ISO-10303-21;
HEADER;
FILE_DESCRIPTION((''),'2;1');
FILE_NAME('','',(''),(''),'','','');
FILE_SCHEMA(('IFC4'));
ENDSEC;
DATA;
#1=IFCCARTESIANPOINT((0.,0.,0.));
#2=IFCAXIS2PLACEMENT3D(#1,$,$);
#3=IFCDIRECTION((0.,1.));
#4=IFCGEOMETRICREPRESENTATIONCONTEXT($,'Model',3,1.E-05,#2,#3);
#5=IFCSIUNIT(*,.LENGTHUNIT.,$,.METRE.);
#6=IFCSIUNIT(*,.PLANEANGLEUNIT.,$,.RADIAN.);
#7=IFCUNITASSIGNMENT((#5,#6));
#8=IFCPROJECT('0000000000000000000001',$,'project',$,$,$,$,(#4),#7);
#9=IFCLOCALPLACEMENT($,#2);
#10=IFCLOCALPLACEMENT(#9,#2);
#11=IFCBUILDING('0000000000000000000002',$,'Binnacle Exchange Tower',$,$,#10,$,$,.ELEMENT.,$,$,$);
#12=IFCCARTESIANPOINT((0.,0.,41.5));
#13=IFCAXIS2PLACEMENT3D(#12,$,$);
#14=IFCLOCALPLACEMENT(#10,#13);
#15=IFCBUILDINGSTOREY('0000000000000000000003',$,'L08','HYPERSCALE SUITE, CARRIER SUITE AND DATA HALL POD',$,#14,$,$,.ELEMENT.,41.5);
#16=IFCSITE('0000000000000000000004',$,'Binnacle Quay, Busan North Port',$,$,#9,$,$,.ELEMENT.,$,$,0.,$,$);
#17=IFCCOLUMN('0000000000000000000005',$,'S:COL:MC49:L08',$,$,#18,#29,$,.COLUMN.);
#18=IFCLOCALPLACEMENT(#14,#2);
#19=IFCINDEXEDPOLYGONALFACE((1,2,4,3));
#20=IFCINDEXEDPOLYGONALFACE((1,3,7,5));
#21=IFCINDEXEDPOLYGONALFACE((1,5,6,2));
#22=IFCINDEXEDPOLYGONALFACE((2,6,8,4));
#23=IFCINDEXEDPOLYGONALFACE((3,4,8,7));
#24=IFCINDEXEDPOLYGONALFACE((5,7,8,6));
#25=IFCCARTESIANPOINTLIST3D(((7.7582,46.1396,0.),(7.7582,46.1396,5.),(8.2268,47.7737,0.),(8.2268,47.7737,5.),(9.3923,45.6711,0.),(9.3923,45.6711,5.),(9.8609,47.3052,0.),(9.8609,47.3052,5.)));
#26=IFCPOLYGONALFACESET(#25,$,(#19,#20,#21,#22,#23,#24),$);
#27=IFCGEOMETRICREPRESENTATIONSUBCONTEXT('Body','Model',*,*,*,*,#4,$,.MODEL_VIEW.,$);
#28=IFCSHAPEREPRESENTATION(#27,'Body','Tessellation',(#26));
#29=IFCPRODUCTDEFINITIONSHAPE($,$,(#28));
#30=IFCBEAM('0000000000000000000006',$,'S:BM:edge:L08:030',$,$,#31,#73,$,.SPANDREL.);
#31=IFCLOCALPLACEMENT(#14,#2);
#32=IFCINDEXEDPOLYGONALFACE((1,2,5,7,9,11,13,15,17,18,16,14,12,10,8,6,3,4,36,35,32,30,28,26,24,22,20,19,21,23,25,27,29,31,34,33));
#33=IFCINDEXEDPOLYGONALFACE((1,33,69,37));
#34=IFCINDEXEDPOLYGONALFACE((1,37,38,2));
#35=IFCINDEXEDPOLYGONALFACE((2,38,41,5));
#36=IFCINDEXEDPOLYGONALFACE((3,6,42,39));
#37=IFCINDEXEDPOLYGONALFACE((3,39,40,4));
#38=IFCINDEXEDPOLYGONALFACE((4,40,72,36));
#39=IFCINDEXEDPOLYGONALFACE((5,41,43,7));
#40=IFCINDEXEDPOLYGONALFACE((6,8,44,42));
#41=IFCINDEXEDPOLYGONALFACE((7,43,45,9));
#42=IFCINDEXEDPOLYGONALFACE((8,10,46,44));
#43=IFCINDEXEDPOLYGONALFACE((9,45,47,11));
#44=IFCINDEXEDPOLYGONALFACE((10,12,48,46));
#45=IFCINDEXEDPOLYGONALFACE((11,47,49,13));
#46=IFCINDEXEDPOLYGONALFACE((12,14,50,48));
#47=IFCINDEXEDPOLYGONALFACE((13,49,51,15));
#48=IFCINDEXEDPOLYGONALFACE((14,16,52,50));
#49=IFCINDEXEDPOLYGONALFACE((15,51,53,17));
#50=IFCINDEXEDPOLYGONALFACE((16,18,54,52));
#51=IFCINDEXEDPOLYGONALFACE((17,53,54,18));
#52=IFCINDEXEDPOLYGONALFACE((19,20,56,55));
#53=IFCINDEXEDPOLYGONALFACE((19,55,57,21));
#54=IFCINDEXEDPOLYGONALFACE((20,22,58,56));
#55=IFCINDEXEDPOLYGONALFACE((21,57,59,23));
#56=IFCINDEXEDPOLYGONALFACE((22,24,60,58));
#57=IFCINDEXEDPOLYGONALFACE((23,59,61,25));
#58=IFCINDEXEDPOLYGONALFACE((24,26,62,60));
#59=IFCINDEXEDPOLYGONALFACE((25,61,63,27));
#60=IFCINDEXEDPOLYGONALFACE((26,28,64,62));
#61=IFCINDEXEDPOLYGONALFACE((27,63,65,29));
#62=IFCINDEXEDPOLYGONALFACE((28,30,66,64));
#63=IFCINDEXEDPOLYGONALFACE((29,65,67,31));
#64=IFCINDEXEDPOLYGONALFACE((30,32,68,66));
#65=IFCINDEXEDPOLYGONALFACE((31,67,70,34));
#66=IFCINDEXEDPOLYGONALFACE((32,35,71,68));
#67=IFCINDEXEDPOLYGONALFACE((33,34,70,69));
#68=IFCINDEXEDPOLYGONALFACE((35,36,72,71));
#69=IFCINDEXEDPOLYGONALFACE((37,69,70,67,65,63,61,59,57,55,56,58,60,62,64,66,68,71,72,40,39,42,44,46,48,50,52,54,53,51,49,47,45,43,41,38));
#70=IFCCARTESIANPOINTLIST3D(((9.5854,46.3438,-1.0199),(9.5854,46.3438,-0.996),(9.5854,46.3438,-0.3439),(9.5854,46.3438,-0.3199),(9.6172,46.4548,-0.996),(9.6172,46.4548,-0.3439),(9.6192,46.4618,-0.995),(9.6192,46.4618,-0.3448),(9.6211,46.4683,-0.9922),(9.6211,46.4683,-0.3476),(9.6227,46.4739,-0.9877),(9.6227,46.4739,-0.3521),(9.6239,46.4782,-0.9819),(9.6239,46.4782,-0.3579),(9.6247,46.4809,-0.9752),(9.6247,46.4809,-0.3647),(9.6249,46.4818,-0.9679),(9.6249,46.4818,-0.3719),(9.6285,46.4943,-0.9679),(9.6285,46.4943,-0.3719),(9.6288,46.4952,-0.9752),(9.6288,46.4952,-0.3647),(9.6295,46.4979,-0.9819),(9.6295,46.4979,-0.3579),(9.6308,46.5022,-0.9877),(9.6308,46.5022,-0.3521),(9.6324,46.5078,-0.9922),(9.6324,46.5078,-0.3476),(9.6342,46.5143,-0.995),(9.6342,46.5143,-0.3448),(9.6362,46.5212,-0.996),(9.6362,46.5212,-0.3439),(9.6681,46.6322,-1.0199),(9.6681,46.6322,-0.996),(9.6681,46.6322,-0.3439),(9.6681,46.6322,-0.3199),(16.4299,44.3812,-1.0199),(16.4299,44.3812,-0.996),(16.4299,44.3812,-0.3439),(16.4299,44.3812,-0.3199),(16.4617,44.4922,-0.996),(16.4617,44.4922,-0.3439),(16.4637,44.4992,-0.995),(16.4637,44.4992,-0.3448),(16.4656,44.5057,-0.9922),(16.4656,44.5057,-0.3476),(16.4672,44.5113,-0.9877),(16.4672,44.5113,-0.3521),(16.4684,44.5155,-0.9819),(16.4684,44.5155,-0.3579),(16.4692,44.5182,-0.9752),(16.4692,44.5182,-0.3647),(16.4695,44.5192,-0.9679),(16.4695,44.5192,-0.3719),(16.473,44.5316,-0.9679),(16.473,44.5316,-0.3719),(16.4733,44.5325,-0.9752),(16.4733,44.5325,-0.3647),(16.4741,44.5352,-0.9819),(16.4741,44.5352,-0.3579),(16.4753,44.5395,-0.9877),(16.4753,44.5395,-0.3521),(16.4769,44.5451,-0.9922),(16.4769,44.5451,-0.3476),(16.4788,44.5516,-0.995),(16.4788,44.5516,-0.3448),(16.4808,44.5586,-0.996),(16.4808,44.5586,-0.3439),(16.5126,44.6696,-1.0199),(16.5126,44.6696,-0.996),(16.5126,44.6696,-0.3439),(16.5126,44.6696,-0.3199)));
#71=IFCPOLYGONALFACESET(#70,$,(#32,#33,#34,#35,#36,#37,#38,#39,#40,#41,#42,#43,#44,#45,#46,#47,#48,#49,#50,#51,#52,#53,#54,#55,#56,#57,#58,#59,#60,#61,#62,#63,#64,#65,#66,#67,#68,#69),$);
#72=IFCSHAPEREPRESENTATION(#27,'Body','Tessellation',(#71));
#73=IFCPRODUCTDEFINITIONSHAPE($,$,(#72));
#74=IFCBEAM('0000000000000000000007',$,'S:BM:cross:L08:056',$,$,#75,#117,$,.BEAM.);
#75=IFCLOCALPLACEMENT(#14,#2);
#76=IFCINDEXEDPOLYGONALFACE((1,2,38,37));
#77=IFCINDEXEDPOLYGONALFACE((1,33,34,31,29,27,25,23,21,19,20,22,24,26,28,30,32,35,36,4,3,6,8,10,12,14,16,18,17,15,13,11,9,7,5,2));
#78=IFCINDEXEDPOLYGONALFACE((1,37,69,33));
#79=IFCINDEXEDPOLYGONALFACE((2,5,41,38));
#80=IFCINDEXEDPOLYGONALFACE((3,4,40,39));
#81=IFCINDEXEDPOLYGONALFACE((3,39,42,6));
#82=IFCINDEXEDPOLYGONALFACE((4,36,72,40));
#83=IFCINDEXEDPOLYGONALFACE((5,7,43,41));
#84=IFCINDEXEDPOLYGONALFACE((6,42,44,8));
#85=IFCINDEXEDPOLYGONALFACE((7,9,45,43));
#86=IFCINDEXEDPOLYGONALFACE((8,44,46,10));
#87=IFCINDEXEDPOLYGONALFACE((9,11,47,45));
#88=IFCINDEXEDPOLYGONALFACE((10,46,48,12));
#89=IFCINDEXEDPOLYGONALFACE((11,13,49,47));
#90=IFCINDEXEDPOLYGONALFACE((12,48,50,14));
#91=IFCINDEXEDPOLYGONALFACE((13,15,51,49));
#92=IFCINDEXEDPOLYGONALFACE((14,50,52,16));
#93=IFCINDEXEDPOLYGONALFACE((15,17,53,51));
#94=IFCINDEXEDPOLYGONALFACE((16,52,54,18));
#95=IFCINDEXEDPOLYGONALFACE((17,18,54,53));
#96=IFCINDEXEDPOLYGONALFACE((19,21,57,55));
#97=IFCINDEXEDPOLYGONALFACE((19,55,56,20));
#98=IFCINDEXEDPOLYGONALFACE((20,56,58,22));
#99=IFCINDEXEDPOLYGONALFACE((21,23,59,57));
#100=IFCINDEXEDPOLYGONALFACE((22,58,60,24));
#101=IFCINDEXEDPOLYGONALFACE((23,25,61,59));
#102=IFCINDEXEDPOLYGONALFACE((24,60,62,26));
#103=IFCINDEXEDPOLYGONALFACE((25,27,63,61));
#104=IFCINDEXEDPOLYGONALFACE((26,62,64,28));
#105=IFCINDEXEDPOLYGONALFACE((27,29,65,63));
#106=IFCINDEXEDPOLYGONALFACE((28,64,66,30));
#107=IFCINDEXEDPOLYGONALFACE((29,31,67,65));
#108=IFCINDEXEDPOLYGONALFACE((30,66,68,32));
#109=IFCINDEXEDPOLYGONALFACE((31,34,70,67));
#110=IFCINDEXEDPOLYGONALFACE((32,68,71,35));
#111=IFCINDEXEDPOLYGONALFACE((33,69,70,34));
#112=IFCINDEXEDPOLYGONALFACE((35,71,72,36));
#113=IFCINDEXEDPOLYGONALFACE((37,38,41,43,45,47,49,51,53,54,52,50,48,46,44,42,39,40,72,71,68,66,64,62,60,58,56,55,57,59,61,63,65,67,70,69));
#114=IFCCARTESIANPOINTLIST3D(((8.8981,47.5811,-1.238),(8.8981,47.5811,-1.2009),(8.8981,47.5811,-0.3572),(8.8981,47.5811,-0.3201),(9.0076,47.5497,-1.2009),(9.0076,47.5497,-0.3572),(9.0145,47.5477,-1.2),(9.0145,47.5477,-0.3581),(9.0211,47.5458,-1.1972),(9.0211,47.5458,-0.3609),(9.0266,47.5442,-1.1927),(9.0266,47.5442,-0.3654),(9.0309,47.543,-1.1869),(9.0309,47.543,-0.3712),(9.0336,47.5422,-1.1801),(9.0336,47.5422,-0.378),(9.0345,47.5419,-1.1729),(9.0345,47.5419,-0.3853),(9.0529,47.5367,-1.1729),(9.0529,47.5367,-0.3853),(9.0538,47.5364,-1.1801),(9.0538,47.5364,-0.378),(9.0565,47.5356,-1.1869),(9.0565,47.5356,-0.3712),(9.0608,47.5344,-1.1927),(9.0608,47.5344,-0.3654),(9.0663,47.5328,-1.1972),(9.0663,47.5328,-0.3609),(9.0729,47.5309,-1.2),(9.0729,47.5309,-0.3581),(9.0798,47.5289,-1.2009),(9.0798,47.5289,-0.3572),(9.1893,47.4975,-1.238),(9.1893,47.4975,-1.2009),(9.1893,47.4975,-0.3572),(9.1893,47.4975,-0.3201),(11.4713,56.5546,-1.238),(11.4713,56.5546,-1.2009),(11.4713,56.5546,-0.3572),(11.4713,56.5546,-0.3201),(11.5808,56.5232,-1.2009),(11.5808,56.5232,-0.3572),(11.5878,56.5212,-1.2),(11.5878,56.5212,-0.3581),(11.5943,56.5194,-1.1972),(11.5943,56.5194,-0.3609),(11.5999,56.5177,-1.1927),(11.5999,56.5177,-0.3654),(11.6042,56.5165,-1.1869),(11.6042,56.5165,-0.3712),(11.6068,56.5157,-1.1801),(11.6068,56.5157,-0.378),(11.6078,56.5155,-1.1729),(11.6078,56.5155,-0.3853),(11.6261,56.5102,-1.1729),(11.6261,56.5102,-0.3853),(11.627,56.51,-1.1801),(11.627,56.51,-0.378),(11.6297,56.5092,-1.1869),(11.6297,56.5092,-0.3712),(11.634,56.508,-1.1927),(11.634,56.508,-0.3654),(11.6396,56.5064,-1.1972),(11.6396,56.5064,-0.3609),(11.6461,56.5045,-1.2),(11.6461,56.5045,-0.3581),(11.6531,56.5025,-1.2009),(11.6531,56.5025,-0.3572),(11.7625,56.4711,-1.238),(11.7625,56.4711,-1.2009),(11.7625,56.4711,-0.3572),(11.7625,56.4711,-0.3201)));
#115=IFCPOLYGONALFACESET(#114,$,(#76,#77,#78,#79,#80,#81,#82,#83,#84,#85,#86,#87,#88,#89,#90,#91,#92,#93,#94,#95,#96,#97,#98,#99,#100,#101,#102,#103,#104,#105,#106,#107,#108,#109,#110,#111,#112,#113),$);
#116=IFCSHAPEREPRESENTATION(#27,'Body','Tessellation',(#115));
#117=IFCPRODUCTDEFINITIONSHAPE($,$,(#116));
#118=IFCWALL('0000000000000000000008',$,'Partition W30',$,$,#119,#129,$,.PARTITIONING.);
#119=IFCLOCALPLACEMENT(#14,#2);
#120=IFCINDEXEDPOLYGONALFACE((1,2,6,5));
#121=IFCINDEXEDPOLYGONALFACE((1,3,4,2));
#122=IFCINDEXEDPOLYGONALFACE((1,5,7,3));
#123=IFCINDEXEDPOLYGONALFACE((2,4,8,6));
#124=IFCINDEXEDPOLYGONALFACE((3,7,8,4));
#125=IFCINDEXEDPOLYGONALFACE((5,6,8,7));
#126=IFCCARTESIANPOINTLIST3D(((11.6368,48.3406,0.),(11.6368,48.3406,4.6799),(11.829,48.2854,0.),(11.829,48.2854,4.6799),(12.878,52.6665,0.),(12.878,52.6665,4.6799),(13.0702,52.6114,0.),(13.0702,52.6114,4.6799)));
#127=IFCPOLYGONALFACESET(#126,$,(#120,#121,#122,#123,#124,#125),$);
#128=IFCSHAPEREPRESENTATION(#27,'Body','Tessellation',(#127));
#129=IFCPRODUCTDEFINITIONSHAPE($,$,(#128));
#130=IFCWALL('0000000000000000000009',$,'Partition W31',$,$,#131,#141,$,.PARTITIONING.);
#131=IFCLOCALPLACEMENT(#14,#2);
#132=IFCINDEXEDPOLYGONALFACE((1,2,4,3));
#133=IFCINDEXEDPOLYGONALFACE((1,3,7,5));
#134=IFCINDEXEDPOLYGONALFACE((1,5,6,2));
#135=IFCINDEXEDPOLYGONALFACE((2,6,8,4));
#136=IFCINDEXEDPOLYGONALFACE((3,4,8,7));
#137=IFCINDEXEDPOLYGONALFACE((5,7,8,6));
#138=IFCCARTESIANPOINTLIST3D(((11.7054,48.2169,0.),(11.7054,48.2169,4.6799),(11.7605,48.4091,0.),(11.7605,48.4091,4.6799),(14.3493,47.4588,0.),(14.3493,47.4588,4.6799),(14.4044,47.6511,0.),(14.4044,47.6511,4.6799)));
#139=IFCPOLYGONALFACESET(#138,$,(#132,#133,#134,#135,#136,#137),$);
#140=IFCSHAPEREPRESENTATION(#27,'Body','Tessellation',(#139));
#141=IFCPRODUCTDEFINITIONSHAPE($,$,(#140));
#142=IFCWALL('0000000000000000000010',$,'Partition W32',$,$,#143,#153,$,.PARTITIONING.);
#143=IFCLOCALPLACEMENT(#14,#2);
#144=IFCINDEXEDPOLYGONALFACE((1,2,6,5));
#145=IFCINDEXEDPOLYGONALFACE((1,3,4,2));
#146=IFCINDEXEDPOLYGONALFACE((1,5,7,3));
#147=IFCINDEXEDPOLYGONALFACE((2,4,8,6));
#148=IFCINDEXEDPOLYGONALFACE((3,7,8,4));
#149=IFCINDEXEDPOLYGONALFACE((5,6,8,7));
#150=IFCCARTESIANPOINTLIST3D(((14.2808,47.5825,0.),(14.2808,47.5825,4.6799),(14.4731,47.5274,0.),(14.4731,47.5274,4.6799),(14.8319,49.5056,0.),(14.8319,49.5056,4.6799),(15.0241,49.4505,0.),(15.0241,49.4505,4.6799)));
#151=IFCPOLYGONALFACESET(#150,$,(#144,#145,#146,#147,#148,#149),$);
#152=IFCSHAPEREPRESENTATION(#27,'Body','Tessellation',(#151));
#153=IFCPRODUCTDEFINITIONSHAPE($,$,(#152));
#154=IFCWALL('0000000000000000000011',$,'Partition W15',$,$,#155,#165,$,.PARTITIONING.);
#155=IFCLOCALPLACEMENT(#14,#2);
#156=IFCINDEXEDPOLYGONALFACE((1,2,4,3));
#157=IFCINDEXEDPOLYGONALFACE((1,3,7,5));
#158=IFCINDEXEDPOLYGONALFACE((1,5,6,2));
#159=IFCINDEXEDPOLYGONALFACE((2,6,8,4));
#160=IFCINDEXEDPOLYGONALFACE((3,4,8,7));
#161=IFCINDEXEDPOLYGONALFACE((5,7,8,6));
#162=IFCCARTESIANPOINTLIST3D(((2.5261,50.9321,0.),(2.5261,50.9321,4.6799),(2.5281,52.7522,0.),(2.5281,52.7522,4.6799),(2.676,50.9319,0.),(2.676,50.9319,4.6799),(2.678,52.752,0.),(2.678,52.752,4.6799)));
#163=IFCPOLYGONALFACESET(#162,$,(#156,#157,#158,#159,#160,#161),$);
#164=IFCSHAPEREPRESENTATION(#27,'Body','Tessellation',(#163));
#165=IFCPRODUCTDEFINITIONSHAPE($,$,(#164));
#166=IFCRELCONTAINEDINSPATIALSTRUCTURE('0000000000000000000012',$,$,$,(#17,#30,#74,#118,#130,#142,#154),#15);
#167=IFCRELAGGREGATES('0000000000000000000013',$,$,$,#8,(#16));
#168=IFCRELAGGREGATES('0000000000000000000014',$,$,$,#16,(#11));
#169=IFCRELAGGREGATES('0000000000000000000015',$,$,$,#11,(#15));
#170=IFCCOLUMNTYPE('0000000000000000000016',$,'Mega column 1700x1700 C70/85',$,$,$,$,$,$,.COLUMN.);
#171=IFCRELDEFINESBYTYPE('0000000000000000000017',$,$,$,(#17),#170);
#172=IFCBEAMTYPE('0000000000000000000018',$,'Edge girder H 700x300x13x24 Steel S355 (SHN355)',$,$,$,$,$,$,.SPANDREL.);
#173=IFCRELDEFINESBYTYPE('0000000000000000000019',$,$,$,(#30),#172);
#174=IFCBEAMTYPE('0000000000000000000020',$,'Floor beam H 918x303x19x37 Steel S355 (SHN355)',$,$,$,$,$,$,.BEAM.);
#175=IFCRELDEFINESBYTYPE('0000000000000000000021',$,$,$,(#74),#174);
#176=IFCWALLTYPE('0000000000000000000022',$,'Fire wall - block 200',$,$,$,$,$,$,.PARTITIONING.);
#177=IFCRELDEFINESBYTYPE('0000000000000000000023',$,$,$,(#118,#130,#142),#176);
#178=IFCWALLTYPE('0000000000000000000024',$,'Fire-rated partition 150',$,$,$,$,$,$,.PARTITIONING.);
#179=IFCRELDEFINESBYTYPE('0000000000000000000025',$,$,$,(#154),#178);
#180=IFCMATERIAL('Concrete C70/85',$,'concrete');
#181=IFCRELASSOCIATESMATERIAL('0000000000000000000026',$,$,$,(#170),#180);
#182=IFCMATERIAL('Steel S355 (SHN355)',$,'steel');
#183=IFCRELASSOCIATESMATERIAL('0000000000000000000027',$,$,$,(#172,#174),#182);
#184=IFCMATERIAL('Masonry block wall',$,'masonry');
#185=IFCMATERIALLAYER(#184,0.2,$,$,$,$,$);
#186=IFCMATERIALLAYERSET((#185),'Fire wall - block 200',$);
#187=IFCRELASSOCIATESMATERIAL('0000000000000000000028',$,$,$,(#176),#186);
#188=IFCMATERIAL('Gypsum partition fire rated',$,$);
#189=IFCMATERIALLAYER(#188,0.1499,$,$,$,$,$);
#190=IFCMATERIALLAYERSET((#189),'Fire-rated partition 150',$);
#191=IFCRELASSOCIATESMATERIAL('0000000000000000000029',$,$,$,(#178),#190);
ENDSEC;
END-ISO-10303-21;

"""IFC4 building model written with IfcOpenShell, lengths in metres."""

from ifc_helpers import new_model, si_unit, direction, frame, frame_2d, origin, origin_2d, place, context, subcontext, project, spatial, rectangle, i_section, extrude, material, layer, layer_set, material_profile, profile_set, type_object, element, save


model = new_model("IFC4")

# Units and contexts
model_context = context("Model", 3, precision=1e-05, world=origin(), true_north=direction((0.0, 1.0)))
body_context = subcontext(model_context, "Body", "Model", "MODEL_VIEW")
ifc_project = project(units=[si_unit("LENGTHUNIT", "METRE"), si_unit("PLANEANGLEUNIT", "RADIAN")], contexts=[model_context])

# Site, building, storey
site_placement = place(None, origin())
site = spatial("IfcSite", under=ifc_project, at=site_placement, Name="Binnacle Quay, Busan North Port", CompositionType="ELEMENT", RefElevation=0.0)
building_placement = place(site_placement, origin())
building = spatial("IfcBuilding", under=site, at=building_placement, Name="Binnacle Exchange Tower", CompositionType="ELEMENT")
storey_placement = place(building_placement, frame((0.0, 0.0, 41.5)))
storey = spatial("IfcBuildingStorey", under=building, at=storey_placement, Name="L08", Description="HYPERSCALE SUITE, CARRIER SUITE AND DATA HALL POD", CompositionType="ELEMENT", Elevation=41.5)

# Column
ifc_material_1 = material(Name="Concrete C70/85", Category="concrete")
ifc_material_profile_1 = material_profile(ifc_material_1, rectangle(XDim=1.7, YDim=1.7, at=origin_2d()), Name="Mega column 1700x1700 C70/85")
ifc_profile_set_1 = profile_set([ifc_material_profile_1], Name="Concrete C70/85")
column_type = type_object("IfcColumnType", Name="Mega column 1700x1700 C70/85", PredefinedType="COLUMN", material=ifc_profile_set_1)
column_placement = place(storey_placement, frame((8.8096, 46.7224, 0.0), z_axis=(0.0, 0.0, 1.0), x_axis=(0.961262, -0.275637, 0.0)))
element("IfcColumn", 1, at=column_placement, inside=storey, type_object=column_type, Name="S:COL:MC49:L08", PredefinedType="COLUMN", context=body_context, shape_type="SweptSolid", body=[
    extrude(rectangle(XDim=1.7, YDim=1.7, at=origin_2d()), origin(), (0.0, 0.0, 1.0), 5.0),
])

# Beams
ifc_material_2 = material(Name="Steel S355 (SHN355)", Category="steel")
ifc_material_profile_2 = material_profile(ifc_material_2, i_section(OverallWidth=0.3, OverallDepth=0.7, WebThickness=0.0129, FlangeThickness=0.0239, FilletRadius=0.0281, at=origin_2d()), Name="H 700x300x13x24")
ifc_profile_set_2 = profile_set([ifc_material_profile_2], Name="Steel S355 (SHN355)")
beam_type_1 = type_object("IfcBeamType", Name="Edge girder H 700x300x13x24 Steel S355 (SHN355)", PredefinedType="SPANDREL", material=ifc_profile_set_2)
beam_1_placement = place(storey_placement, frame((9.6267, 46.488, -0.6699), z_axis=(0.961261, -0.27564, 0.0), x_axis=(0.27564, 0.961261, 0.0)))
element("IfcBeam", 2, at=beam_1_placement, inside=storey, type_object=beam_type_1, Name="S:BM:edge:L08:030", PredefinedType="SPANDREL", context=body_context, shape_type="SweptSolid", body=[
    extrude(i_section(OverallWidth=0.3, OverallDepth=0.7, WebThickness=0.0129, FlangeThickness=0.0239, FilletRadius=0.0281, at=origin_2d()), origin(), (0.0, 0.0, 1.0), 7.1204),
])
ifc_material_profile_3 = material_profile(ifc_material_2, i_section(OverallWidth=0.303, OverallDepth=0.918, WebThickness=0.019, FlangeThickness=0.0371, FilletRadius=0.0281, at=origin_2d()), Name="H 918x303x19x37")
ifc_profile_set_3 = profile_set([ifc_material_profile_3], Name="Steel S355 (SHN355)")
beam_type_2 = type_object("IfcBeamType", Name="Floor beam H 918x303x19x37 Steel S355 (SHN355)", PredefinedType="BEAM", material=ifc_profile_set_3)
beam_2_placement = place(storey_placement, frame((9.0437, 47.5393, -0.7791), z_axis=(0.275647, 0.961259, 0.0), x_axis=(-0.961259, 0.275647, 0.0)))
element("IfcBeam", 3, at=beam_2_placement, inside=storey, type_object=beam_type_2, Name="S:BM:cross:L08:056", PredefinedType="BEAM", context=body_context, shape_type="SweptSolid", body=[
    extrude(i_section(OverallWidth=0.303, OverallDepth=0.918, WebThickness=0.019, FlangeThickness=0.0371, FilletRadius=0.0281, at=origin_2d()), origin(), (0.0, 0.0, 1.0), 9.3352),
])

# Walls
ifc_material_3 = material(Name="Masonry block wall", Category="masonry")
ifc_layer_1 = layer(ifc_material_3, 0.2)
ifc_layer_set_1 = layer_set([ifc_layer_1], Name="Fire wall - block 200")
wall_type_1 = type_object("IfcWallType", Name="Fire wall - block 200", PredefinedType="PARTITIONING", material=ifc_layer_set_1)
wall_1_placement = place(storey_placement, frame((11.7329, 48.313, 0.0), z_axis=(0.0, 0.0, 1.0), x_axis=(0.275796, 0.961216, 0.0)))
element("IfcWall", 4, at=wall_1_placement, inside=storey, type_object=wall_type_1, Name="Partition W30", PredefinedType="PARTITIONING", context=body_context, shape_type="SweptSolid", body=[
    extrude(rectangle(XDim=4.5005, YDim=0.2, at=frame_2d((2.2502, 0.0))), origin(), (0.0, 0.0, 1.0), 4.6799),
])
wall_2_placement = place(storey_placement, frame((11.7329, 48.313, 0.0), z_axis=(0.0, 0.0, 1.0), x_axis=(0.961272, -0.2756, 0.0)))
element("IfcWall", 5, at=wall_2_placement, inside=storey, type_object=wall_type_1, Name="Partition W31", PredefinedType="PARTITIONING", context=body_context, shape_type="SweptSolid", body=[
    extrude(rectangle(XDim=2.7505, YDim=0.2, at=frame_2d((1.3752, 0.0))), origin(), (0.0, 0.0, 1.0), 4.6799),
])
wall_3_placement = place(storey_placement, frame((14.377, 47.5549, 0.0), z_axis=(0.0, 0.0, 1.0), x_axis=(0.275446, 0.961316, 0.0)))
element("IfcWall", 6, at=wall_3_placement, inside=storey, type_object=wall_type_1, Name="Partition W32", PredefinedType="PARTITIONING", context=body_context, shape_type="SweptSolid", body=[
    extrude(rectangle(XDim=2.0005, YDim=0.2, at=frame_2d((1.0002, 0.0))), origin(), (0.0, 0.0, 1.0), 4.6799),
])
ifc_material_4 = material(Name="Gypsum partition fire rated")
ifc_layer_2 = layer(ifc_material_4, 0.1499)
ifc_layer_set_2 = layer_set([ifc_layer_2], Name="Fire-rated partition 150")
wall_type_2 = type_object("IfcWallType", Name="Fire-rated partition 150", PredefinedType="PARTITIONING", material=ifc_layer_set_2)
wall_4_placement = place(storey_placement, frame((2.6011, 50.9319, 0.0), z_axis=(0.0, 0.0, 1.0), x_axis=(0.001073, 0.999999, 0.0)))
element("IfcWall", 7, at=wall_4_placement, inside=storey, type_object=wall_type_2, Name="Partition W15", PredefinedType="PARTITIONING", context=body_context, shape_type="SweptSolid", body=[
    extrude(rectangle(XDim=1.8201, YDim=0.1499, at=frame_2d((0.9102, 0.0))), origin(), (0.0, 0.0, 1.0), 4.6799),
])

save(model, "model.ifc")
